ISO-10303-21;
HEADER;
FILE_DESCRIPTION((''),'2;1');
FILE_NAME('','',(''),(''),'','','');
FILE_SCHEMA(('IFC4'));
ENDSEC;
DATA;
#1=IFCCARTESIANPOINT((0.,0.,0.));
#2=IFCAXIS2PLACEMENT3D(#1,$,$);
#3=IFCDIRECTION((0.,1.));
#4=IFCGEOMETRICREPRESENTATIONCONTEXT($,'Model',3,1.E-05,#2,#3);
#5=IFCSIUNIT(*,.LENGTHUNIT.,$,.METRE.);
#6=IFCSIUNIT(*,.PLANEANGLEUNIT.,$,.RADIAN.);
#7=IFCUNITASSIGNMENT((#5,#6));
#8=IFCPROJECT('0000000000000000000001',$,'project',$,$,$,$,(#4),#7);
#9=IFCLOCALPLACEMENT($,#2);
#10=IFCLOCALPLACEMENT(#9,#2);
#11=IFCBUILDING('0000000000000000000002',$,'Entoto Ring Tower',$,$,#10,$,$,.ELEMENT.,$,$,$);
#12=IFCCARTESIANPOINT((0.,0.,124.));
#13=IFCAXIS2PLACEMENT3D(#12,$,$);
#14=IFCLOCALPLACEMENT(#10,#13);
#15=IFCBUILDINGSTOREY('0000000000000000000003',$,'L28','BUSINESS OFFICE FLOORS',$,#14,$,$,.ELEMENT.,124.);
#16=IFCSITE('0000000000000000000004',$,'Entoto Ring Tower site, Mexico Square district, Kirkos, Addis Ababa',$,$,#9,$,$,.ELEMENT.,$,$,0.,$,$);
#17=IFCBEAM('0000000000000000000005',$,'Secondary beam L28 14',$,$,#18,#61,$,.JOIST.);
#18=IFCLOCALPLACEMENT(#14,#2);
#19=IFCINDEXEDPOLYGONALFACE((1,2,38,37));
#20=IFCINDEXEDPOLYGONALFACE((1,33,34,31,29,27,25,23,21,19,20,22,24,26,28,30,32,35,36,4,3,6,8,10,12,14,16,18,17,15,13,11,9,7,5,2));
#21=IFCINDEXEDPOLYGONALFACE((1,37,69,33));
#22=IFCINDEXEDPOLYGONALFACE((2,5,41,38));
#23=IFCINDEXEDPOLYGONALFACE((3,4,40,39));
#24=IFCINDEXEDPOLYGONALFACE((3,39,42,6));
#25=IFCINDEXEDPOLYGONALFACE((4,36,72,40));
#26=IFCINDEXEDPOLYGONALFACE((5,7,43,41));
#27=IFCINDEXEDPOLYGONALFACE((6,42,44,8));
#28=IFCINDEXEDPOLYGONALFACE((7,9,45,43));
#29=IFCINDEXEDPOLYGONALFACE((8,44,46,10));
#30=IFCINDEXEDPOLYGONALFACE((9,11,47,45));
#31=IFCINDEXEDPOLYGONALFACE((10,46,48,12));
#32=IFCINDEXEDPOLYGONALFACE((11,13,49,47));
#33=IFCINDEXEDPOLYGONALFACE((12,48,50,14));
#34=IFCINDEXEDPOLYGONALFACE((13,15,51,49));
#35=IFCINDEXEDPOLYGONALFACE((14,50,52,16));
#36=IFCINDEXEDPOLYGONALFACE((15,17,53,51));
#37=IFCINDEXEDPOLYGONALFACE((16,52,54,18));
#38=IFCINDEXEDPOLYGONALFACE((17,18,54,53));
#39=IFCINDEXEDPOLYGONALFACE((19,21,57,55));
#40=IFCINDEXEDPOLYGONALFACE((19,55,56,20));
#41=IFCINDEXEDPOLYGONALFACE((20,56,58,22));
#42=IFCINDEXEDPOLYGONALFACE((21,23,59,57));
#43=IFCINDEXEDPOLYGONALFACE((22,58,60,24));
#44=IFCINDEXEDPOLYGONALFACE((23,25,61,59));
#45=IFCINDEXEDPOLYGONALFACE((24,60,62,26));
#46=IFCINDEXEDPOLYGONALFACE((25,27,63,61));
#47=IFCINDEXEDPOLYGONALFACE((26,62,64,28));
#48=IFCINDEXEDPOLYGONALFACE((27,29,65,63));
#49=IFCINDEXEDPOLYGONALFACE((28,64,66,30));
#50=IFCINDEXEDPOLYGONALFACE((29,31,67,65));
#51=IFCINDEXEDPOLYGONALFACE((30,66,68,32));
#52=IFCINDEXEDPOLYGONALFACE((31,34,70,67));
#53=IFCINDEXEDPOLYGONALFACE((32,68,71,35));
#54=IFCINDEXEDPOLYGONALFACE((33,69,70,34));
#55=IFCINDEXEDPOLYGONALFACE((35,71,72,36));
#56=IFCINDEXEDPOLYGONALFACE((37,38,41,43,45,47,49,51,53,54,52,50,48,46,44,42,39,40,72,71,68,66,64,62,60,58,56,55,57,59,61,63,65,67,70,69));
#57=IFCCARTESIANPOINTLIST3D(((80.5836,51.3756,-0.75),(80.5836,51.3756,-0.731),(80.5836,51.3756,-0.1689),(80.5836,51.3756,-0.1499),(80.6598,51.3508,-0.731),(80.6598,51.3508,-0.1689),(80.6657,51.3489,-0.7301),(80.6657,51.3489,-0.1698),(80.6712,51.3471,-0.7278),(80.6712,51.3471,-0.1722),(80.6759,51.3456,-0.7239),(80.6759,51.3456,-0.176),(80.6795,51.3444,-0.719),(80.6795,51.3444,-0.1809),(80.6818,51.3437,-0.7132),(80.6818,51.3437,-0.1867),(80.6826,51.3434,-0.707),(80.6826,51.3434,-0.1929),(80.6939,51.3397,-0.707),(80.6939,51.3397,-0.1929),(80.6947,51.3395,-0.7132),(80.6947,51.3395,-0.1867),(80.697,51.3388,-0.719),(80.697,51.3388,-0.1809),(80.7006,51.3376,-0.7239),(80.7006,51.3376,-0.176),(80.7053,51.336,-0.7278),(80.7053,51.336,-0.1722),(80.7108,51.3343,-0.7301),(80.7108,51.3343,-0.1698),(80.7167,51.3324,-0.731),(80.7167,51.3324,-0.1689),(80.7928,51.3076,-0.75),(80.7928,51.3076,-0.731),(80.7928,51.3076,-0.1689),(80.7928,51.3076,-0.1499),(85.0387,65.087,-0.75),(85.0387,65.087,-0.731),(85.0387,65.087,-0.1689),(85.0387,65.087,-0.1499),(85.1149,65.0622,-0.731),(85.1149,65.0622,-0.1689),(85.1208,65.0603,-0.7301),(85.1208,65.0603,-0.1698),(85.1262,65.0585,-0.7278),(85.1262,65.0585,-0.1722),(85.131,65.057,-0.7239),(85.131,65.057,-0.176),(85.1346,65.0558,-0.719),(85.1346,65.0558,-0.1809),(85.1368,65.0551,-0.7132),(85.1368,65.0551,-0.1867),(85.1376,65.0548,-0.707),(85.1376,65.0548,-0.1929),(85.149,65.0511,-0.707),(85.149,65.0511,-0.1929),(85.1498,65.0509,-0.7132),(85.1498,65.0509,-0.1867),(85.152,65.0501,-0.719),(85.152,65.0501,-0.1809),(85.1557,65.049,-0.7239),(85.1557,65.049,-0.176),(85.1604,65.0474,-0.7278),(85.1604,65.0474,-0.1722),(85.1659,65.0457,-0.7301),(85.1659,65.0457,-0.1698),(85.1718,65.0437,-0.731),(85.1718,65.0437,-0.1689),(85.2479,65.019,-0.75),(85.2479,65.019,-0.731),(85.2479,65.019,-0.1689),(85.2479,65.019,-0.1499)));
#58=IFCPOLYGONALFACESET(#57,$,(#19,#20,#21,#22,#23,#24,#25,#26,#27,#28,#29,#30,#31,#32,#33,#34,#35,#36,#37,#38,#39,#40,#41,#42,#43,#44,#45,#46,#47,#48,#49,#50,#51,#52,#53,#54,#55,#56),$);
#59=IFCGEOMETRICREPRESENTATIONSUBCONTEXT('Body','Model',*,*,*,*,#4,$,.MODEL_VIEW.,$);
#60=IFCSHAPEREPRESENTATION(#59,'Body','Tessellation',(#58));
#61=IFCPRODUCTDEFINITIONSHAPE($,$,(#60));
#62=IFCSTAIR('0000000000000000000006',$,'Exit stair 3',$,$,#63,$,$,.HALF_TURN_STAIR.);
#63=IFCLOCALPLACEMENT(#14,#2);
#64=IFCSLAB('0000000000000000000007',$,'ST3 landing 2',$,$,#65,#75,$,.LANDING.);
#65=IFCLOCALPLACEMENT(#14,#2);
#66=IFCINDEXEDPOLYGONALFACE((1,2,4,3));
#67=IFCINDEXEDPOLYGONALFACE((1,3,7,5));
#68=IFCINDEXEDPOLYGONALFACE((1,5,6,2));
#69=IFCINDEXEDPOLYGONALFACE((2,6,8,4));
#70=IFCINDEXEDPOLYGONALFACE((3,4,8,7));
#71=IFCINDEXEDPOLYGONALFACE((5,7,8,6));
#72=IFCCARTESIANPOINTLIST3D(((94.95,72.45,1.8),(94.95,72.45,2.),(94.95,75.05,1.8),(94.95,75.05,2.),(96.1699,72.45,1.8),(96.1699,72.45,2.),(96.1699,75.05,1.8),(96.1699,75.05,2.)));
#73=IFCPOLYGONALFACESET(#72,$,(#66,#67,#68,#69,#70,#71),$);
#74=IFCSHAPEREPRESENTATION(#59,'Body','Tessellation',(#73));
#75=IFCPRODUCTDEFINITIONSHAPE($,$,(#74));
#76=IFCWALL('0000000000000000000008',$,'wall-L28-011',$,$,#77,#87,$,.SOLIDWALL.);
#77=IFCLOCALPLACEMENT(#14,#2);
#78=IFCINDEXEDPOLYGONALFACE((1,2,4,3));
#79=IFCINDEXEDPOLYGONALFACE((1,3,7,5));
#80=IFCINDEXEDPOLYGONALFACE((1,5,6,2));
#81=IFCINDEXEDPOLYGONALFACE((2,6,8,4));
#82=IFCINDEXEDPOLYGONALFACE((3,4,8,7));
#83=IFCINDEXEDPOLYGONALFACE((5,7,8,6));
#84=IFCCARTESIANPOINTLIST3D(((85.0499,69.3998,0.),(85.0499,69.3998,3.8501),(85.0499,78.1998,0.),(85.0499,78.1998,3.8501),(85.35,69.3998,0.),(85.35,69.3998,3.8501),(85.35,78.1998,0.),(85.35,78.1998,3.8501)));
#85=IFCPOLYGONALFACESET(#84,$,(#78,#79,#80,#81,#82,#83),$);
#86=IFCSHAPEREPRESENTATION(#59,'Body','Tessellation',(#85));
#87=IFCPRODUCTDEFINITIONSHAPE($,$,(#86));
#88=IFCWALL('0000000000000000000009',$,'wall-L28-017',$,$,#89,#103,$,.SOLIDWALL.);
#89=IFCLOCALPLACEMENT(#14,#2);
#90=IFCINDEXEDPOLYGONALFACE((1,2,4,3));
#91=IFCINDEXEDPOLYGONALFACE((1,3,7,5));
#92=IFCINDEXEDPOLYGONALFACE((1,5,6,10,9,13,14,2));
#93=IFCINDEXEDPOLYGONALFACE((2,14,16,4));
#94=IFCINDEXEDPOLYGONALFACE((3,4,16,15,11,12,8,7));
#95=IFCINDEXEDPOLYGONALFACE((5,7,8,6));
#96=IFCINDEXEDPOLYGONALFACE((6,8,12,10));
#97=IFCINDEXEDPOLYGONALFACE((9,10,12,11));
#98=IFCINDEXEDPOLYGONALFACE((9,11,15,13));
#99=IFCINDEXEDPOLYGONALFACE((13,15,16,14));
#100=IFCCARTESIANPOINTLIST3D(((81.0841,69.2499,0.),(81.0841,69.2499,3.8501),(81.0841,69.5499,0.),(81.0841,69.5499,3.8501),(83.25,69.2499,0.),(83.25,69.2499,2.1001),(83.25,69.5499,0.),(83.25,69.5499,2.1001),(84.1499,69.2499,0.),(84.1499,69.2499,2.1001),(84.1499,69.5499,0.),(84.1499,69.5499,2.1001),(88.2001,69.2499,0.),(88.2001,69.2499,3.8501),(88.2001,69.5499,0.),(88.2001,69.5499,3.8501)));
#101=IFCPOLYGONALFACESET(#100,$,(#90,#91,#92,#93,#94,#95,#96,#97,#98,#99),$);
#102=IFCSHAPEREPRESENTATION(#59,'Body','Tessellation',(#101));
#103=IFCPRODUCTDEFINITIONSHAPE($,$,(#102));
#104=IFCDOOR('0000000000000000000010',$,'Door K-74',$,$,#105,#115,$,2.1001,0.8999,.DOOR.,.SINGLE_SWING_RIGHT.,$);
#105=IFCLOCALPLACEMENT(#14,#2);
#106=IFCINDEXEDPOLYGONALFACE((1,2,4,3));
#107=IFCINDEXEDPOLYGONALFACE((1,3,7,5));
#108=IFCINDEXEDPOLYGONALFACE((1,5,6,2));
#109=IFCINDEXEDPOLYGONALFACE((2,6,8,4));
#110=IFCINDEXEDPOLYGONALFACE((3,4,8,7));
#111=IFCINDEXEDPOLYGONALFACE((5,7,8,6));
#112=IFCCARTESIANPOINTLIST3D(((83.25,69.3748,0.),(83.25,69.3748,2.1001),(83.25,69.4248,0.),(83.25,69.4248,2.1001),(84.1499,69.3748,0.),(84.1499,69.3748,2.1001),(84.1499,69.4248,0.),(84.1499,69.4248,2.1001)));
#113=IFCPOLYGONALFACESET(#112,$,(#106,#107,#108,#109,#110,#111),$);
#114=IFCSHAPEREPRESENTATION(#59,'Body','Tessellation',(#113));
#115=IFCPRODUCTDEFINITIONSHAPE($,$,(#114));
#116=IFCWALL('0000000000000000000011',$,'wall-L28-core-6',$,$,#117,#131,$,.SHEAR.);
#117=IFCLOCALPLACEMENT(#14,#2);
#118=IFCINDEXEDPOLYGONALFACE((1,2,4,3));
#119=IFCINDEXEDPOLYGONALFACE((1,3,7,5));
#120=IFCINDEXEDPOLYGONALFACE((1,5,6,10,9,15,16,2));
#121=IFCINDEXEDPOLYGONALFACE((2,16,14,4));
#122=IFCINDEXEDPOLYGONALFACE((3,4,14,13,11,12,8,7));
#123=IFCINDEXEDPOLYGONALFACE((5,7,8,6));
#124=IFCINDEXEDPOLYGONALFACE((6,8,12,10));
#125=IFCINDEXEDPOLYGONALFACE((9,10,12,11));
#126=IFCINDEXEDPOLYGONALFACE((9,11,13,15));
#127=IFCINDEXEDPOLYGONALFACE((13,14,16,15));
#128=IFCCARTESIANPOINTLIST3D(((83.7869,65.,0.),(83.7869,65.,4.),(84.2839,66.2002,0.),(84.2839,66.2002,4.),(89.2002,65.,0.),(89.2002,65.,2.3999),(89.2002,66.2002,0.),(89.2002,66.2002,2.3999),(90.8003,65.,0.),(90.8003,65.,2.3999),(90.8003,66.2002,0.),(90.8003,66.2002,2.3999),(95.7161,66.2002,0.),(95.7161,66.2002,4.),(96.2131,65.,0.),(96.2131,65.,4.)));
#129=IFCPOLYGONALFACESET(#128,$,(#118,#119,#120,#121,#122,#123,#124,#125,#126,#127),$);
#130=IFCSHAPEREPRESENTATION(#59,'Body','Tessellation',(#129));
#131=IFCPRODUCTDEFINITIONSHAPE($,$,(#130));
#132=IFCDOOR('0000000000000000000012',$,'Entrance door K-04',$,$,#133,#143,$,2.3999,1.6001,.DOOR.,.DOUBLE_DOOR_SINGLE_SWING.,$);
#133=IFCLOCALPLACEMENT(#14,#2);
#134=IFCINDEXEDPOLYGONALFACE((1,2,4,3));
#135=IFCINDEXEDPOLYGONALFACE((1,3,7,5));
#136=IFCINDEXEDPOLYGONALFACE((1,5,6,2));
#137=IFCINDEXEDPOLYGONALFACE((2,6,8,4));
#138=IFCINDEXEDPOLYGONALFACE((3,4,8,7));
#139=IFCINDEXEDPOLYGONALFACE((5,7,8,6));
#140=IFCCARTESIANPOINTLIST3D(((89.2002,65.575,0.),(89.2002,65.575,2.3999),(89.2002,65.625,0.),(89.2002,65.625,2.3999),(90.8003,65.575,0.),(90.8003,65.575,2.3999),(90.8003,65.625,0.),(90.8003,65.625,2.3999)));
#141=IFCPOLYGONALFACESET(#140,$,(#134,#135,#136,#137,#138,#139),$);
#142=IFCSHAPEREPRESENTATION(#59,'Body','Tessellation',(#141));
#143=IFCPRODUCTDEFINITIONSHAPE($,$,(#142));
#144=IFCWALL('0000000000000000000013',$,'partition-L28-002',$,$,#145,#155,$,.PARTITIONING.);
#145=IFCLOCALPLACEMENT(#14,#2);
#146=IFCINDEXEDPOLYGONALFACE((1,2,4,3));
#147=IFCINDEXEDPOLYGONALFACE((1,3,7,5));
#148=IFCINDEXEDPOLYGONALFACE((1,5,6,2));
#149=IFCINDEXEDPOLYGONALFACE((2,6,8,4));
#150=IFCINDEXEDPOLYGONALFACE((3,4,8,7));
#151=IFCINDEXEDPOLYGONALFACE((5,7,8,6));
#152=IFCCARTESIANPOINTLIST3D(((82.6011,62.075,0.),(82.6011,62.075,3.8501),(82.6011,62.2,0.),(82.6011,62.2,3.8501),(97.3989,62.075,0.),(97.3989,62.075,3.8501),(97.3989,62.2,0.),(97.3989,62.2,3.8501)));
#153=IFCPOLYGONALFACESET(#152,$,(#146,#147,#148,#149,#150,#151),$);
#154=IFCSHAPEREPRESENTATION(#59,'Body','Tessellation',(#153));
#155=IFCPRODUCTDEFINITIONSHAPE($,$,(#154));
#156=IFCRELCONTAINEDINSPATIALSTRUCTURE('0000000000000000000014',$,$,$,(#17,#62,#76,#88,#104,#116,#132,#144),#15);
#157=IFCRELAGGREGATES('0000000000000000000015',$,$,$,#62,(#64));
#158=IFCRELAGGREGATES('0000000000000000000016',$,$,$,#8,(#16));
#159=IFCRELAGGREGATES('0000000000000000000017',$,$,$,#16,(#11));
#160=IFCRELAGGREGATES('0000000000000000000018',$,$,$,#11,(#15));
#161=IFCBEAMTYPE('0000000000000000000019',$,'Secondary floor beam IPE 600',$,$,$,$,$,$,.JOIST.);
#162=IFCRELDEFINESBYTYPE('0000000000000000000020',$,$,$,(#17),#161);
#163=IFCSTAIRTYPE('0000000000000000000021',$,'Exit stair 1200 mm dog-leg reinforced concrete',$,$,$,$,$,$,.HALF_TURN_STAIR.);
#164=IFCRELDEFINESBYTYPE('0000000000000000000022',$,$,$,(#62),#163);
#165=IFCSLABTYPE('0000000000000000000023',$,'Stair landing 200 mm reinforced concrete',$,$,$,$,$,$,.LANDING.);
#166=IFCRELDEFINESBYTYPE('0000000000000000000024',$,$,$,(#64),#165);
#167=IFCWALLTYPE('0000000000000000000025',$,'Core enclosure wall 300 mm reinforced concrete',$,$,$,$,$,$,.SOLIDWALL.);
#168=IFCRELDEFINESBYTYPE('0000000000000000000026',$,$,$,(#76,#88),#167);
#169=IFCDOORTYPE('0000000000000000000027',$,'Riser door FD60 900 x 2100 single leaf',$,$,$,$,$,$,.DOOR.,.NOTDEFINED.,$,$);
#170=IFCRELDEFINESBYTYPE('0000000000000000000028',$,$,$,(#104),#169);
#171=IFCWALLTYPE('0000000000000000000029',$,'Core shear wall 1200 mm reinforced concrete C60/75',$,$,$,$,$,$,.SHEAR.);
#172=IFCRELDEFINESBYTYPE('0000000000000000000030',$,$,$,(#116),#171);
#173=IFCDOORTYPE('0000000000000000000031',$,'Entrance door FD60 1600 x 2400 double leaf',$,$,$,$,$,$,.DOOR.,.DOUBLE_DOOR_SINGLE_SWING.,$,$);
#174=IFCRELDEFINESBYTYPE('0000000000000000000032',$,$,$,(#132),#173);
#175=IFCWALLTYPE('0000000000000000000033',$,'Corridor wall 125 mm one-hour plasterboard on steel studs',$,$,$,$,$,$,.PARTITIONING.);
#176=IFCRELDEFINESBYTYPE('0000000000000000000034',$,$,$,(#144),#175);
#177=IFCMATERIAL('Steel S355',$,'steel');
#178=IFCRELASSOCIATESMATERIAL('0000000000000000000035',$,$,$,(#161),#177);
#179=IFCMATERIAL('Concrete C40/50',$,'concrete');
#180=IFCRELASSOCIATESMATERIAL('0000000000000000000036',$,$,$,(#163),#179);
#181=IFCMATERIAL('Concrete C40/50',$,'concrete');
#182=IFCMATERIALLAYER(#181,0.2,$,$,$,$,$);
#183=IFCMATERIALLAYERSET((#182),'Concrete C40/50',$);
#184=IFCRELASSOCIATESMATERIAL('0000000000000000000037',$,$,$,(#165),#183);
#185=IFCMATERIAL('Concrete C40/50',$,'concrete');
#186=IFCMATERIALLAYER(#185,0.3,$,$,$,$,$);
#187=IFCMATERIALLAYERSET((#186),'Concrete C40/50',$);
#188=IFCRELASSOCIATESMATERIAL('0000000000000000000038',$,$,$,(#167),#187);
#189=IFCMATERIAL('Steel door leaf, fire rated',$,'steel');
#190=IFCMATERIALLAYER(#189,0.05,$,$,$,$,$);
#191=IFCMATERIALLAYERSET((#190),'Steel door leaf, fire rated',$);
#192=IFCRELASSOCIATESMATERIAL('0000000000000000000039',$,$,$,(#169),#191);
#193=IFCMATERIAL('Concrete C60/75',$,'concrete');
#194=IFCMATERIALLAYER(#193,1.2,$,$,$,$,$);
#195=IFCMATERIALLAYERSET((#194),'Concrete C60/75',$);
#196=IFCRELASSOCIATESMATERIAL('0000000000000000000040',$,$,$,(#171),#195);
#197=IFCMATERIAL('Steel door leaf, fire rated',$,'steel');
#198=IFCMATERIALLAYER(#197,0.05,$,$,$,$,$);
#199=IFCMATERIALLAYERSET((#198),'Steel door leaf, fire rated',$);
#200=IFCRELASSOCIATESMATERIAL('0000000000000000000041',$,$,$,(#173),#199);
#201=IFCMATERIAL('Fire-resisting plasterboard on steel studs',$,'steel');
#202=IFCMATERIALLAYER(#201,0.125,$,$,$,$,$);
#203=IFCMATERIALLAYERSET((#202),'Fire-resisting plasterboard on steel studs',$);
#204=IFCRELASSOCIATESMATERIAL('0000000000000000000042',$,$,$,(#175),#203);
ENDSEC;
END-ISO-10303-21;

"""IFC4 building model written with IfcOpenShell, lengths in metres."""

from ifc_helpers import new_model, si_unit, direction, frame, frame_2d, origin, origin_2d, place, context, subcontext, project, spatial, polyline, rectangle, i_section, outline, extrude, material, layer, layer_set, material_profile, profile_set, type_object, element, fill, aggregate, save


model = new_model("IFC4")

# Units and contexts
model_context = context("Model", 3, precision=1e-05, world=origin(), true_north=direction((0.0, 1.0)))
body_context = subcontext(model_context, "Body", "Model", "MODEL_VIEW")
ifc_project = project(units=[si_unit("LENGTHUNIT", "METRE"), si_unit("PLANEANGLEUNIT", "RADIAN")], contexts=[model_context])

# Site, building, storey
site_placement = place(None, origin())
site = spatial("IfcSite", under=ifc_project, at=site_placement, Name="Entoto Ring Tower site, Mexico Square district, Kirkos, Addis Ababa", CompositionType="ELEMENT", RefElevation=0.0)
building_placement = place(site_placement, origin())
building = spatial("IfcBuilding", under=site, at=building_placement, Name="Entoto Ring Tower", CompositionType="ELEMENT")
storey_placement = place(building_placement, frame((0.0, 0.0, 124.0)))
storey = spatial("IfcBuildingStorey", under=building, at=storey_placement, Name="L28", Description="BUSINESS OFFICE FLOORS", CompositionType="ELEMENT", Elevation=124.0)

# Beam
ifc_material_1 = material(Name="Steel S355", Category="steel")
ifc_material_profile_1 = material_profile(ifc_material_1, i_section(OverallWidth=0.22, OverallDepth=0.6001, WebThickness=0.012, FlangeThickness=0.019, FilletRadius=0.0239, at=origin_2d()), Name="IPE 600")
ifc_profile_set_1 = profile_set([ifc_material_profile_1], Name="Steel S355")
beam_type_1 = type_object("IfcBeamType", Name="Secondary floor beam IPE 600", PredefinedType="JOIST", material=ifc_profile_set_1)
beam_1_placement = place(storey_placement, frame((85.1433, 65.053, -0.45), z_axis=(-0.309015, -0.951057, 0.0), x_axis=(0.951057, -0.309015, 0.0)))
element("IfcBeam", 1, at=beam_1_placement, inside=storey, type_object=beam_type_1, Name="Secondary beam L28 14", PredefinedType="JOIST", context=body_context, shape_type="SweptSolid", body=[
    extrude(i_section(OverallWidth=0.22, OverallDepth=0.6001, WebThickness=0.012, FlangeThickness=0.019, FilletRadius=0.0239, at=origin_2d()), origin(), (0.0, 0.0, 1.0), 14.417),
])

# Stair, slab
ifc_material_2 = material(Name="Concrete C40/50", Category="concrete")
stair_type = type_object("IfcStairType", Name="Exit stair 1200 mm dog-leg reinforced concrete", PredefinedType="HALF_TURN_STAIR", material=ifc_material_2)
stair_placement = place(storey_placement, origin())
stair = element("IfcStair", 2, at=stair_placement, inside=storey, type_object=stair_type, Name="Exit stair 3", PredefinedType="HALF_TURN_STAIR")
ifc_material_3 = material(Name="Concrete C40/50", Category="concrete")
ifc_layer_1 = layer(ifc_material_3, 0.2)
ifc_layer_set_1 = layer_set([ifc_layer_1], Name="Concrete C40/50")
slab_type_1 = type_object("IfcSlabType", Name="Stair landing 200 mm reinforced concrete", PredefinedType="LANDING", material=ifc_layer_set_1)
slab_1_placement = place(storey_placement, frame((0.0, 0.0, 1.8)))
slab_1 = element("IfcSlab", 3, at=slab_1_placement, type_object=slab_type_1, Name="ST3 landing 2", PredefinedType="LANDING", context=body_context, shape_type="SweptSolid", body=[
    extrude(outline(polyline([(94.95, 72.45), (96.1699, 72.45), (96.1699, 75.05), (94.95, 75.05), (94.95, 72.45)])), origin(), (0.0, 0.0, 1.0), 0.2),
])
aggregate(stair, [slab_1])

# Wall
ifc_material_4 = material(Name="Concrete C40/50", Category="concrete")
ifc_layer_2 = layer(ifc_material_4, 0.3)
ifc_layer_set_2 = layer_set([ifc_layer_2], Name="Concrete C40/50")
wall_type_1 = type_object("IfcWallType", Name="Core enclosure wall 300 mm reinforced concrete", PredefinedType="SOLIDWALL", material=ifc_layer_set_2)
wall_1_placement = place(storey_placement, frame((85.2, 69.3999, 0.0), z_axis=(0.0, 0.0, 1.0), x_axis=(0.0, 1.0, 0.0)))
element("IfcWall", 4, at=wall_1_placement, inside=storey, type_object=wall_type_1, Name="wall-L28-011", PredefinedType="SOLIDWALL", context=body_context, shape_type="SweptSolid", body=[
    extrude(rectangle(XDim=8.8, YDim=0.3, at=frame_2d((4.3999, 0.0))), origin(), (0.0, 0.0, 1.0), 3.8501),
])

# Walls, openings, doors
wall_2_placement = place(storey_placement, frame((81.084, 69.3999, 0.0), z_axis=(0.0, 0.0, 1.0), x_axis=(1.0, 0.0, 0.0)))
wall_2 = element("IfcWall", 5, at=wall_2_placement, inside=storey, type_object=wall_type_1, Name="wall-L28-017", PredefinedType="SOLIDWALL", context=body_context, shape_type="SweptSolid", body=[
    extrude(rectangle(XDim=7.116, YDim=0.3, at=frame_2d((3.5581, 0.0))), origin(), (0.0, 0.0, 1.0), 3.8501),
])
opening_1_placement = place(wall_2_placement, frame((2.166, 0.0, 0.0)))
opening_1 = element("IfcOpeningElement", 6, at=opening_1_placement, cuts=wall_2, PredefinedType="OPENING", context=body_context, shape_type="SweptSolid", body=[
    extrude(rectangle(XDim=0.8999, YDim=2.1001, at=frame_2d((0.45, 1.05))), frame((0.0, 0.1602, 0.0), z_axis=(0.0, -1.0, 0.0), x_axis=(1.0, 0.0, 0.0)), (0.0, 0.0, 1.0), 0.3201),
])
ifc_material_5 = material(Name="Steel door leaf, fire rated", Category="steel")
ifc_layer_3 = layer(ifc_material_5, 0.05)
ifc_layer_set_3 = layer_set([ifc_layer_3], Name="Steel door leaf, fire rated")
door_type_1 = type_object("IfcDoorType", Name="Riser door FD60 900 x 2100 single leaf", OperationType="NOTDEFINED", PredefinedType="DOOR", material=ifc_layer_set_3)
door_1_placement = place(opening_1_placement, origin())
door_1 = element("IfcDoor", 7, at=door_1_placement, inside=storey, type_object=door_type_1, Name="Door K-74", OperationType="SINGLE_SWING_RIGHT", OverallHeight=2.1001, OverallWidth=0.8999, PredefinedType="DOOR", context=body_context, shape_type="SweptSolid", body=[
    extrude(rectangle(XDim=0.8999, YDim=2.1001, at=frame_2d((0.45, 1.05))), frame((0.0, 0.0249, 0.0), z_axis=(0.0, -1.0, 0.0), x_axis=(1.0, 0.0, 0.0)), (0.0, 0.0, 1.0), 0.05),
])
fill(opening_1, door_1)
ifc_material_6 = material(Name="Concrete C60/75", Category="concrete")
ifc_layer_4 = layer(ifc_material_6, 1.2)
ifc_layer_set_4 = layer_set([ifc_layer_4], Name="Concrete C60/75")
wall_type_2 = type_object("IfcWallType", Name="Core shear wall 1200 mm reinforced concrete C60/75", PredefinedType="SHEAR", material=ifc_layer_set_4)
wall_3_placement = place(storey_placement, frame((84.0354, 65.6001, 0.0), z_axis=(0.0, 0.0, 1.0), x_axis=(1.0, 0.0, 0.0)))
wall_3 = element("IfcWall", 8, at=wall_3_placement, inside=storey, type_object=wall_type_2, Name="wall-L28-core-6", PredefinedType="SHEAR", context=body_context, shape_type="SweptSolid", body=[
    extrude(outline(polyline([(-0.2485, -0.6001), (12.1777, -0.6001), (11.6807, 0.6001), (0.2485, 0.6001), (-0.2485, -0.6001)])), origin(), (0.0, 0.0, 1.0), 4.0),
])
opening_2_placement = place(wall_3_placement, frame((5.1648, 0.0, 0.0)))
opening_2 = element("IfcOpeningElement", 9, at=opening_2_placement, cuts=wall_3, PredefinedType="OPENING", context=body_context, shape_type="SweptSolid", body=[
    extrude(rectangle(XDim=1.6001, YDim=2.3999, at=frame_2d((0.8, 1.2))), frame((0.0, 0.6099, 0.0), z_axis=(0.0, -1.0, 0.0), x_axis=(1.0, 0.0, 0.0)), (0.0, 0.0, 1.0), 1.22),
])
ifc_material_7 = material(Name="Steel door leaf, fire rated", Category="steel")
ifc_layer_5 = layer(ifc_material_7, 0.05)
ifc_layer_set_5 = layer_set([ifc_layer_5], Name="Steel door leaf, fire rated")
door_type_2 = type_object("IfcDoorType", Name="Entrance door FD60 1600 x 2400 double leaf", OperationType="DOUBLE_DOOR_SINGLE_SWING", PredefinedType="DOOR", material=ifc_layer_set_5)
door_2_placement = place(opening_2_placement, origin())
door_2 = element("IfcDoor", 10, at=door_2_placement, inside=storey, type_object=door_type_2, Name="Entrance door K-04", OperationType="DOUBLE_DOOR_SINGLE_SWING", OverallHeight=2.3999, OverallWidth=1.6001, PredefinedType="DOOR", context=body_context, shape_type="SweptSolid", body=[
    extrude(rectangle(XDim=1.6001, YDim=2.3999, at=frame_2d((0.8, 1.2))), frame((0.0, 0.0249, 0.0), z_axis=(0.0, -1.0, 0.0), x_axis=(1.0, 0.0, 0.0)), (0.0, 0.0, 1.0), 0.05),
])
fill(opening_2, door_2)

# Wall
ifc_material_8 = material(Name="Fire-resisting plasterboard on steel studs", Category="steel")
ifc_layer_6 = layer(ifc_material_8, 0.125)
ifc_layer_set_6 = layer_set([ifc_layer_6], Name="Fire-resisting plasterboard on steel studs")
wall_type_3 = type_object("IfcWallType", Name="Corridor wall 125 mm one-hour plasterboard on steel studs", PredefinedType="PARTITIONING", material=ifc_layer_set_6)
wall_4_placement = place(storey_placement, frame((82.6011, 62.1375, 0.0), z_axis=(0.0, 0.0, 1.0), x_axis=(1.0, 0.0, 0.0)))
element("IfcWall", 11, at=wall_4_placement, inside=storey, type_object=wall_type_3, Name="partition-L28-002", PredefinedType="PARTITIONING", context=body_context, shape_type="SweptSolid", body=[
    extrude(rectangle(XDim=14.7979, YDim=0.125, at=frame_2d((7.3989, 0.0))), origin(), (0.0, 0.0, 1.0), 3.8501),
])

save(model, "model.ifc")
